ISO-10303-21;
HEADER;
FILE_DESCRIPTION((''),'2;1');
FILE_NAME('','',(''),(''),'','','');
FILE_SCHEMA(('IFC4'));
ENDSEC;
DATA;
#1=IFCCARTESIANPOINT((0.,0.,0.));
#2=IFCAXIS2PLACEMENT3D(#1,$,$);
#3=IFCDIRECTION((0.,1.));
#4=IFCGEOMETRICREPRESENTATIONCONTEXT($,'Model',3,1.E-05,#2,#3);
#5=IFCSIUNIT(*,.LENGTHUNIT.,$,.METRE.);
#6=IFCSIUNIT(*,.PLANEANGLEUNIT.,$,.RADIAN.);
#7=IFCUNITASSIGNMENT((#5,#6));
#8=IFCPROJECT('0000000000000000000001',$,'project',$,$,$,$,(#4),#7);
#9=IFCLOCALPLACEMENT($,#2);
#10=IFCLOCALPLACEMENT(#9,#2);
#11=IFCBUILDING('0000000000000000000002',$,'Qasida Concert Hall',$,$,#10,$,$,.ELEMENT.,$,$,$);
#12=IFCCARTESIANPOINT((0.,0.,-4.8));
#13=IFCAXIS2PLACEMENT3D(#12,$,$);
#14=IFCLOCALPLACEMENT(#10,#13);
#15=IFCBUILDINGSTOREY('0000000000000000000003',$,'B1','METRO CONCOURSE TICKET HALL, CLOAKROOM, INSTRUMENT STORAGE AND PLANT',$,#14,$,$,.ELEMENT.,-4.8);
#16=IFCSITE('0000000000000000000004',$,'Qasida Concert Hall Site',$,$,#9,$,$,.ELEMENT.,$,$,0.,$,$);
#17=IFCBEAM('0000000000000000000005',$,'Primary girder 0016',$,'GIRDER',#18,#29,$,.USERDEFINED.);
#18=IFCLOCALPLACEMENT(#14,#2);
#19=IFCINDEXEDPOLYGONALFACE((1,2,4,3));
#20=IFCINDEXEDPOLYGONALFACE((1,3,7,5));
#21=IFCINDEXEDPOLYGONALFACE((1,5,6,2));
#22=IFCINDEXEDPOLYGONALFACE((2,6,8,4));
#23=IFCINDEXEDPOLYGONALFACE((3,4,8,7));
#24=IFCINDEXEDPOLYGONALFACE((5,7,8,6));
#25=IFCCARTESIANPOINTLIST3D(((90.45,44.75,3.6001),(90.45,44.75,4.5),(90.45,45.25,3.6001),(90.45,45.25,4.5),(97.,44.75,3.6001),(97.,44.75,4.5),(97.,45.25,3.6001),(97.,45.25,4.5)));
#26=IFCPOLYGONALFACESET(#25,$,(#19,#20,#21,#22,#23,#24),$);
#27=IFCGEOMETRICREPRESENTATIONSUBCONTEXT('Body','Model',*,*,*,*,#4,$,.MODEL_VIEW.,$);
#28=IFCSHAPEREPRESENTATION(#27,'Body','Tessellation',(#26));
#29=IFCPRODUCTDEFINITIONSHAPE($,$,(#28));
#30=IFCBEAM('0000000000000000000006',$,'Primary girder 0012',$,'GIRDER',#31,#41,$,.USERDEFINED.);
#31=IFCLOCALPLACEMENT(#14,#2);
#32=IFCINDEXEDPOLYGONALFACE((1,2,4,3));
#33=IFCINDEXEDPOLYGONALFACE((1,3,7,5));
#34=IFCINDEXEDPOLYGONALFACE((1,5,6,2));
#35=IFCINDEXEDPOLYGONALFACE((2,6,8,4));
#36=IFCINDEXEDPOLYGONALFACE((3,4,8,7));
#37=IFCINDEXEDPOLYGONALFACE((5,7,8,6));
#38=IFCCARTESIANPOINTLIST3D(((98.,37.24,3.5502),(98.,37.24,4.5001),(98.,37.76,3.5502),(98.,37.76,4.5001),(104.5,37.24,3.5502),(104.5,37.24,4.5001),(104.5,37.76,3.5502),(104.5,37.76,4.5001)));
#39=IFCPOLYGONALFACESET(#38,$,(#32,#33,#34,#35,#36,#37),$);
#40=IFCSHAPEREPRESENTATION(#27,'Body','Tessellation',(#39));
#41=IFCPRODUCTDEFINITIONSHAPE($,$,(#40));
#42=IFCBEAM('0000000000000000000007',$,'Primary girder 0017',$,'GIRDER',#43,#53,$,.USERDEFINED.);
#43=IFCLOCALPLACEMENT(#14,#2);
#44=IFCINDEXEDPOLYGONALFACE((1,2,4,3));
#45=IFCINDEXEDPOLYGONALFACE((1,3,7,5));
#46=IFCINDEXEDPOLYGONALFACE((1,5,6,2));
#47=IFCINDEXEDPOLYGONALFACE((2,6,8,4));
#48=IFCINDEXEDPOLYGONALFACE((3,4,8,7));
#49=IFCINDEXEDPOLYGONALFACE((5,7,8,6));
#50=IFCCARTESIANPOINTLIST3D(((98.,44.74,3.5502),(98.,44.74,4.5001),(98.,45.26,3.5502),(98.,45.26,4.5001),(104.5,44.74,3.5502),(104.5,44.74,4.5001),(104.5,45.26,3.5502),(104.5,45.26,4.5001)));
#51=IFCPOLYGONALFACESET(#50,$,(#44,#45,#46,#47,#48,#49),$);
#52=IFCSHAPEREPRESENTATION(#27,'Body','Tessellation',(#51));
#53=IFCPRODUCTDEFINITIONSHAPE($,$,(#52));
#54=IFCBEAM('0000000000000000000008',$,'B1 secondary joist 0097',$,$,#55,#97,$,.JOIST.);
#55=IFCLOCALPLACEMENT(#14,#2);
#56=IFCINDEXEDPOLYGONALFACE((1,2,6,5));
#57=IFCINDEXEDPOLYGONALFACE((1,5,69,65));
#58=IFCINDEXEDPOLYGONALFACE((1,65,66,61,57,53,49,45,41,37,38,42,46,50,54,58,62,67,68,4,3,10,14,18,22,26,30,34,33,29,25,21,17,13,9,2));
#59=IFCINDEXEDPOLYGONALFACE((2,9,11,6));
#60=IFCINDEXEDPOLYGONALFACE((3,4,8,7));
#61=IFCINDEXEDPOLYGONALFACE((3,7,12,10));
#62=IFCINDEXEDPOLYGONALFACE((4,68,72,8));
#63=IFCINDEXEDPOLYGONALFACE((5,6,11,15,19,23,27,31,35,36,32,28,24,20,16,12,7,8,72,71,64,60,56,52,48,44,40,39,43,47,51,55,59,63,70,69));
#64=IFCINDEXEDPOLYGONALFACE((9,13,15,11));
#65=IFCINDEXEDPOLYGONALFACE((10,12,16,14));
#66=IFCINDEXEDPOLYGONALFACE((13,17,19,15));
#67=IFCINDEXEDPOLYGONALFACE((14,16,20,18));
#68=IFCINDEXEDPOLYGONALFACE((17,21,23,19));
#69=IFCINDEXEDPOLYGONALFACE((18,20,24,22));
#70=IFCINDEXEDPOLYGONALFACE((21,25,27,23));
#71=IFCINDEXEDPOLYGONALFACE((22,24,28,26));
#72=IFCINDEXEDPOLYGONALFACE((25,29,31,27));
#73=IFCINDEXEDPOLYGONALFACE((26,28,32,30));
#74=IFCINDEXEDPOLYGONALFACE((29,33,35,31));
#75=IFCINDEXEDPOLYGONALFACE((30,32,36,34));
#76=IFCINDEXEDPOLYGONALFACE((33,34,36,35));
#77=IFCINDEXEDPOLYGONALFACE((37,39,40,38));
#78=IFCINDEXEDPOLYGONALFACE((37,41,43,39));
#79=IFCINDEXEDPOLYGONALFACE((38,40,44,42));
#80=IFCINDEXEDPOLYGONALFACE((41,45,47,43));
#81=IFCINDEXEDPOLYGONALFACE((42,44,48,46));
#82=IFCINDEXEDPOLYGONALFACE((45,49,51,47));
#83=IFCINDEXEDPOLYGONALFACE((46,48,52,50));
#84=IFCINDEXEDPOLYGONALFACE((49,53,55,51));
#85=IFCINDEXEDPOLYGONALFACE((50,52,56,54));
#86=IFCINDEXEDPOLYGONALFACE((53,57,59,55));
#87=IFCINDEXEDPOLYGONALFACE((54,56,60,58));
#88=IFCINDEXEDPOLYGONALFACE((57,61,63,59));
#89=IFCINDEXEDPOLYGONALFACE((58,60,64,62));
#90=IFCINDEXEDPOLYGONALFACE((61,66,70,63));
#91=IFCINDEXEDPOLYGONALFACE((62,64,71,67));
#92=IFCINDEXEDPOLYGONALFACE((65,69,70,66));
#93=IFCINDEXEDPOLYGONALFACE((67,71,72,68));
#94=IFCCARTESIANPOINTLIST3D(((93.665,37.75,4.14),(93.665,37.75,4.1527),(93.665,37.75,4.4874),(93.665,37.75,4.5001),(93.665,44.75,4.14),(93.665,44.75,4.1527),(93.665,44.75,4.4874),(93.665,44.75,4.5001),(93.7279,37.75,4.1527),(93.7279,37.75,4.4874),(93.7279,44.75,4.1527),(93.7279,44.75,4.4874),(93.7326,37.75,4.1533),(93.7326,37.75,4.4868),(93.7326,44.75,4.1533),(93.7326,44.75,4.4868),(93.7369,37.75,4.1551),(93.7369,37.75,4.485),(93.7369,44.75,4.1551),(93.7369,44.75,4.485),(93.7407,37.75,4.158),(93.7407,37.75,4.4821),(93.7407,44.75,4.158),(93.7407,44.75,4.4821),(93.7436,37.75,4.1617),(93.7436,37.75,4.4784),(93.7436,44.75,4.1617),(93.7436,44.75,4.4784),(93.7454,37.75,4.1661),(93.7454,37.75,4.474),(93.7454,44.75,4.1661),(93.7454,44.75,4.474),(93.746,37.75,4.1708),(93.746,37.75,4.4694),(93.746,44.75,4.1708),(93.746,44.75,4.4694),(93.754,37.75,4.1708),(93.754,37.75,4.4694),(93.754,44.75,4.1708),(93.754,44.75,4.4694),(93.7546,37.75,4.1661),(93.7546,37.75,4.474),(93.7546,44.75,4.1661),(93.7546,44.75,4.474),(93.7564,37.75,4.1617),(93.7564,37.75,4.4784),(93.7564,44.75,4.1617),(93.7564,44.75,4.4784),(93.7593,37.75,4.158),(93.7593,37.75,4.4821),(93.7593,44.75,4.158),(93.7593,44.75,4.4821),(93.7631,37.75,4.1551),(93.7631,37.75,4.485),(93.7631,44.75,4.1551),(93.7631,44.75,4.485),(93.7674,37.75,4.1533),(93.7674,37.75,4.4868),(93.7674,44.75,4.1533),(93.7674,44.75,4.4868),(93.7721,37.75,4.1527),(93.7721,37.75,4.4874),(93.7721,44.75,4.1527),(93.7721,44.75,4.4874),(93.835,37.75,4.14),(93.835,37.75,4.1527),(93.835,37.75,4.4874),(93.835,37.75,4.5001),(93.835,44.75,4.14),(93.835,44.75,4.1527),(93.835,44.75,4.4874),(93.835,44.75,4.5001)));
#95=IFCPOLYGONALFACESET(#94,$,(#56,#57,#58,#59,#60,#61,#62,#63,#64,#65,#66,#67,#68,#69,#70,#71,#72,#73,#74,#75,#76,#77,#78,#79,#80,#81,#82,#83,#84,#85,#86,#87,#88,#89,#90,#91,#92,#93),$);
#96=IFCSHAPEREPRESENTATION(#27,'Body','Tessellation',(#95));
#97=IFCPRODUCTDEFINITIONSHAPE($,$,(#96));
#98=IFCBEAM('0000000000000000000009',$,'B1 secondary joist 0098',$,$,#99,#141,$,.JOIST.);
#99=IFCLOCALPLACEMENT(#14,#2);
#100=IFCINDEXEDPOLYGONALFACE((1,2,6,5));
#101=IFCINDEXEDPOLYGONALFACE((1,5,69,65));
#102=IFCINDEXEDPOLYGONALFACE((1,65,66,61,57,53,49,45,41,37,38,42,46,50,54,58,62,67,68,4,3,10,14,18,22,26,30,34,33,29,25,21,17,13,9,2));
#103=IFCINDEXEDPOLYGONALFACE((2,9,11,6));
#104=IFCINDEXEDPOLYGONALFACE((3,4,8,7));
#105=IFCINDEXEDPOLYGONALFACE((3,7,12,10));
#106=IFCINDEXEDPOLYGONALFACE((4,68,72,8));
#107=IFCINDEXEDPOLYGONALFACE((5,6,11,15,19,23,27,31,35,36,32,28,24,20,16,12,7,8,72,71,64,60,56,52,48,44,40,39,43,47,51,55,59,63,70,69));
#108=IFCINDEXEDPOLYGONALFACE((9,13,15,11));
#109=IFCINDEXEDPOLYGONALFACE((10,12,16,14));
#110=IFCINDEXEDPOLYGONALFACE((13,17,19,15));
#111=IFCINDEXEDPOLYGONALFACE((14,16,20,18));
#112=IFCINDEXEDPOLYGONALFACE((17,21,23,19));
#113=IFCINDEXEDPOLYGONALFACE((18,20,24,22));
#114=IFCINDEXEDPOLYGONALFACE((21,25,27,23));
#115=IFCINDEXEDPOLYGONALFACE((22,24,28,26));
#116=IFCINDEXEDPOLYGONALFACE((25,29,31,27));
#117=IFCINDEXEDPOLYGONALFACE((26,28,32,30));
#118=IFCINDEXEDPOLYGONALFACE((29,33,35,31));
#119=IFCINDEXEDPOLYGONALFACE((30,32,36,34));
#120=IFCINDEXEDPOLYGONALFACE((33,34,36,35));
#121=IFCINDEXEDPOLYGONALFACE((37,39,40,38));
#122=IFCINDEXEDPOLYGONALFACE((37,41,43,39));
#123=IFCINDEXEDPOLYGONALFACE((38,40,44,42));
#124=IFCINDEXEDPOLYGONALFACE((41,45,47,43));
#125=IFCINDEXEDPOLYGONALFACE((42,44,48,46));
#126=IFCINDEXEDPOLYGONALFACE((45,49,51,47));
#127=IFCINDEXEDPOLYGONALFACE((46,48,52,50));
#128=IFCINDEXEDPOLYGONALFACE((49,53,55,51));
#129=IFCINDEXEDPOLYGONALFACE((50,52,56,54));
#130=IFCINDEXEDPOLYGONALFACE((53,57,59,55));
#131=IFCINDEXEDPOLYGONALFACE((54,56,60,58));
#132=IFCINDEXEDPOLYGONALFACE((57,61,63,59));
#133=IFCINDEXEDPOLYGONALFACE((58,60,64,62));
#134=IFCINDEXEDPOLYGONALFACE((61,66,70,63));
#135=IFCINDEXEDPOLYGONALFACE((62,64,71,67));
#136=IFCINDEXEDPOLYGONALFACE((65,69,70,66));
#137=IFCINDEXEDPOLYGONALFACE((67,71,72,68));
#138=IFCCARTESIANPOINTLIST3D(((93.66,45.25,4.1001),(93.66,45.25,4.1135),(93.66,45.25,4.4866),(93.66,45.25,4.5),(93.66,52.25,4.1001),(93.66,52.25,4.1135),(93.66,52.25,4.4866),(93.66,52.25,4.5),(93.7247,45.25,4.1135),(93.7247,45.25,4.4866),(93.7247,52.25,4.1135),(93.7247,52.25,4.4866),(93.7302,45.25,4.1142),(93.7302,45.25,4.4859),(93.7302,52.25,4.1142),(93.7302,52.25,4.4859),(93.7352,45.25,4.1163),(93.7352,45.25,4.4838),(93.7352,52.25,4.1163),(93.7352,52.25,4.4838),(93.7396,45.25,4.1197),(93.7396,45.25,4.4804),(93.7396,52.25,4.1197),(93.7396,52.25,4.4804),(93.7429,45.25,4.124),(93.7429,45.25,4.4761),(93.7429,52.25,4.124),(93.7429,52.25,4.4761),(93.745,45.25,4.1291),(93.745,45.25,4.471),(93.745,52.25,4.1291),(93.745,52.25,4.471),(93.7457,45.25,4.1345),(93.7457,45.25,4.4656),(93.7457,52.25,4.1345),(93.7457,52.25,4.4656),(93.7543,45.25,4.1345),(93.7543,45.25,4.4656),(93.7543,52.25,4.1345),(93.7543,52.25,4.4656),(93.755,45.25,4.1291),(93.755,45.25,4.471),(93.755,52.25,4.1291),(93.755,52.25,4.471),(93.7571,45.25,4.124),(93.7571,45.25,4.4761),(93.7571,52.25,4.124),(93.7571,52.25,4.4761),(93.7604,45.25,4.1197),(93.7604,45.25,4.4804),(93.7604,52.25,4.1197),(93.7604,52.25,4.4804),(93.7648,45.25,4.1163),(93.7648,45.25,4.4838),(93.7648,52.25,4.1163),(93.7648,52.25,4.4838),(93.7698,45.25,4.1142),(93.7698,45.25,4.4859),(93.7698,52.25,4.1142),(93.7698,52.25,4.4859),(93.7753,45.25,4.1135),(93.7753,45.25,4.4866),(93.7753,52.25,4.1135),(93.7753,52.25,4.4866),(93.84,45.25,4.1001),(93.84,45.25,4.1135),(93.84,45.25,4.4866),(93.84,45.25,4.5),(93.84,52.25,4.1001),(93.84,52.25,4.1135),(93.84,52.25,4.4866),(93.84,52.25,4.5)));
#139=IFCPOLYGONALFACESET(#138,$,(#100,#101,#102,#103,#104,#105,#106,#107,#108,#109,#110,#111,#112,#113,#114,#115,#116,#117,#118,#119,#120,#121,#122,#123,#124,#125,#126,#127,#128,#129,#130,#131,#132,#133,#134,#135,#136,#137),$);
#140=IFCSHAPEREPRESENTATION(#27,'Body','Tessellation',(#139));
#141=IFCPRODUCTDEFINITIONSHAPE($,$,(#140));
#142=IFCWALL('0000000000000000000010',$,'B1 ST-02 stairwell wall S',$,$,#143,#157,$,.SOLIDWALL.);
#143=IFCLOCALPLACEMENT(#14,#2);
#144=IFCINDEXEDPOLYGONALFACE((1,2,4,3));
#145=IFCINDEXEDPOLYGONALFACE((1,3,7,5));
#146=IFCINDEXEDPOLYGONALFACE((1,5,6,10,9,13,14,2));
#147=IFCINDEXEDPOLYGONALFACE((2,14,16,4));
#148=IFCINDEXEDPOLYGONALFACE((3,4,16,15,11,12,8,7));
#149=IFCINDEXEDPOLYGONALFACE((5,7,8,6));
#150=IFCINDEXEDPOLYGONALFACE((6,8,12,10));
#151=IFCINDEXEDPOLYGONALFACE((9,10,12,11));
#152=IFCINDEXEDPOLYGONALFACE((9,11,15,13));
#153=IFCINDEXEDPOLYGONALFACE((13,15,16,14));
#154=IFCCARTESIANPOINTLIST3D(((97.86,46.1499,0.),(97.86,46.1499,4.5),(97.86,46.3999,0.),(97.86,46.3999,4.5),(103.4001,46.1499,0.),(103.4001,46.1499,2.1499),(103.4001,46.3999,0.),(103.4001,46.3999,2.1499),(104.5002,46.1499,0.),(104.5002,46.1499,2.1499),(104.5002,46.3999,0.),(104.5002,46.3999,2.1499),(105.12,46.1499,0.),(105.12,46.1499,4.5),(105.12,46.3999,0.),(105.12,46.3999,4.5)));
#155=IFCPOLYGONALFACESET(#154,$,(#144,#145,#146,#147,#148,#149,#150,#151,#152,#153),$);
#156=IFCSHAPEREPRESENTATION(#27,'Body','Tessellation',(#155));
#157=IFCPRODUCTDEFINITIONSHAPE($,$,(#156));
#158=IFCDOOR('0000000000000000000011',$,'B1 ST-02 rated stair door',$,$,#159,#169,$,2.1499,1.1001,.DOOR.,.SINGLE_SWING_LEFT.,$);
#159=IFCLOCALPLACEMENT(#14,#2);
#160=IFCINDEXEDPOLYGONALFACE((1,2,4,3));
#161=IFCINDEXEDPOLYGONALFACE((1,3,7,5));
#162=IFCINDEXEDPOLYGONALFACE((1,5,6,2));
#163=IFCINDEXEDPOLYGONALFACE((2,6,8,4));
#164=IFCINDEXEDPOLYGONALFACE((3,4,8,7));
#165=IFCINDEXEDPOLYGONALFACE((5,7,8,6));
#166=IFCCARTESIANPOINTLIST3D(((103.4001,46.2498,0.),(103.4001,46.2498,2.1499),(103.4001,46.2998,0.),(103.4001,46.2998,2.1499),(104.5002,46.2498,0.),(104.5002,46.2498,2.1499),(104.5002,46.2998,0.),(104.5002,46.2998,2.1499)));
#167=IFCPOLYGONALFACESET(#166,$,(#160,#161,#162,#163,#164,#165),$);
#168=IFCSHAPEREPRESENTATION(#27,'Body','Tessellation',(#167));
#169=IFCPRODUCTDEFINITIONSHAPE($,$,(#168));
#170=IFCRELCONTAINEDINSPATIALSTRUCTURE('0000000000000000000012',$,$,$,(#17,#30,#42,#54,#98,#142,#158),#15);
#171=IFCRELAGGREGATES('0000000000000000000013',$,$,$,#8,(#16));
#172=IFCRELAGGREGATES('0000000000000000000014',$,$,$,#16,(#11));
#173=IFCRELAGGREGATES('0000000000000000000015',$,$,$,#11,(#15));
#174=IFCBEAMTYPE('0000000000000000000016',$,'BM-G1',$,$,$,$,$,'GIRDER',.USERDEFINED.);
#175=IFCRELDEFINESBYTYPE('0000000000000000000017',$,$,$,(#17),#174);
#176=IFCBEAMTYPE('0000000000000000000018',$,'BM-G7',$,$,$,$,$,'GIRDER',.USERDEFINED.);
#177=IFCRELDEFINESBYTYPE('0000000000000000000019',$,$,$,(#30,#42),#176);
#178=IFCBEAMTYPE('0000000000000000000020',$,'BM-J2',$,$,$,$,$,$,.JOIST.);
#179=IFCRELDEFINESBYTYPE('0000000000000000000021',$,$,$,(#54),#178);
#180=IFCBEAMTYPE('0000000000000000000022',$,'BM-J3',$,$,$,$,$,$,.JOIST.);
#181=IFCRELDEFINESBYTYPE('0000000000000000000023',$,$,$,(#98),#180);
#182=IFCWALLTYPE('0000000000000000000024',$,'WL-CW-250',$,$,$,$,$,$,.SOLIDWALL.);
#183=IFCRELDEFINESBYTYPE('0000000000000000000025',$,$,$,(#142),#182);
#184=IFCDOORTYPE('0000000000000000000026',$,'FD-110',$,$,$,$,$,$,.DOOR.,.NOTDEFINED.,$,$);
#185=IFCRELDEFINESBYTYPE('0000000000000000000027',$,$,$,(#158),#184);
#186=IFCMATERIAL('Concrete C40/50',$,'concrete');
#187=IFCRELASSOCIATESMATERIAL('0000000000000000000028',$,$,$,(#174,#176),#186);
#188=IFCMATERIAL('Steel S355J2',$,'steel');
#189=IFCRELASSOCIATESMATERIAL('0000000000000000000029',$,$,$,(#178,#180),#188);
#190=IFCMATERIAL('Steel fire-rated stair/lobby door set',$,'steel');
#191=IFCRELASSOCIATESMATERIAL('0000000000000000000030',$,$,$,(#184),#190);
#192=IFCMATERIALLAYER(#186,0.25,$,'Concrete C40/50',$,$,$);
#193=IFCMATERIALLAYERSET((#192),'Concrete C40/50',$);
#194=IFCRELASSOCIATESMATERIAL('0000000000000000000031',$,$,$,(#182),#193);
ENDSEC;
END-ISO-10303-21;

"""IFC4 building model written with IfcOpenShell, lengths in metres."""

from ifc_helpers import new_model, si_unit, direction, frame, frame_2d, origin, origin_2d, place, context, subcontext, project, spatial, rectangle, i_section, extrude, material, layer, layer_set, material_profile, profile_set, type_object, element, fill, save


model = new_model("IFC4")

# Units and contexts
model_context = context("Model", 3, precision=1e-05, world=origin(), true_north=direction((0.0, 1.0)))
body_context = subcontext(model_context, "Body", "Model", "MODEL_VIEW")
ifc_project = project(units=[si_unit("LENGTHUNIT", "METRE"), si_unit("PLANEANGLEUNIT", "RADIAN")], contexts=[model_context])

# Site, building, storey
site_placement = place(None, origin())
site = spatial("IfcSite", under=ifc_project, at=site_placement, Name="Qasida Concert Hall Site", CompositionType="ELEMENT", RefElevation=0.0)
building_placement = place(site_placement, origin())
building = spatial("IfcBuilding", under=site, at=building_placement, Name="Qasida Concert Hall", CompositionType="ELEMENT")
storey_placement = place(building_placement, frame((0.0, 0.0, -4.8)))
storey = spatial("IfcBuildingStorey", under=building, at=storey_placement, Name="B1", Description="METRO CONCOURSE TICKET HALL, CLOAKROOM, INSTRUMENT STORAGE AND PLANT", CompositionType="ELEMENT", Elevation=-4.8)

# Shared definitions
ifc_material_1 = material(Name="Concrete C40/50", Category="concrete")

# Beams
ifc_material_2 = material(Name="Steel S355J2", Category="steel")
ifc_material_profile_1 = material_profile(ifc_material_1, rectangle(XDim=0.5, YDim=0.8999, at=origin_2d()), Name="RC 500x900")
ifc_profile_set_1 = profile_set([ifc_material_profile_1], Name="Concrete C40/50")
beam_type_1 = type_object("IfcBeamType", Name="BM-G1", ElementType="GIRDER", PredefinedType="USERDEFINED", material=ifc_profile_set_1)
for number, where, z_axis, x_axis, name in (
    (1, (90.45, 45.0, 4.05), (1.0, 0.0, 0.0), (0.0, 1.0, 0.0), "Primary girder 0016"),
):
    element("IfcBeam", number, at=place(storey_placement, frame(where, z_axis=z_axis, x_axis=x_axis)), inside=storey, type_object=beam_type_1, Name=name, ObjectType="GIRDER", PredefinedType="USERDEFINED", context=body_context, shape_type="SweptSolid", body=[
        extrude(rectangle(XDim=0.5, YDim=0.8999, at=origin_2d()), origin(), (0.0, 0.0, 1.0), 6.55),
    ])
ifc_material_profile_2 = material_profile(ifc_material_1, rectangle(XDim=0.52, YDim=0.95, at=origin_2d()), Name="RC 520x950")
ifc_profile_set_2 = profile_set([ifc_material_profile_2], Name="Concrete C40/50")
beam_type_2 = type_object("IfcBeamType", Name="BM-G7", ElementType="GIRDER", PredefinedType="USERDEFINED", material=ifc_profile_set_2)
for number, where, z_axis, x_axis, name in (
    (2, (98.0, 37.5, 4.0251), (1.0, 0.0, 0.0), (0.0, 1.0, 0.0), "Primary girder 0012"),
    (3, (98.0, 45.0, 4.0251), (1.0, 0.0, 0.0), (0.0, 1.0, 0.0), "Primary girder 0017"),
):
    element("IfcBeam", number, at=place(storey_placement, frame(where, z_axis=z_axis, x_axis=x_axis)), inside=storey, type_object=beam_type_2, Name=name, ObjectType="GIRDER", PredefinedType="USERDEFINED", context=body_context, shape_type="SweptSolid", body=[
        extrude(rectangle(XDim=0.52, YDim=0.95, at=origin_2d()), origin(), (0.0, 0.0, 1.0), 6.5),
    ])
ifc_material_profile_3 = material_profile(ifc_material_2, i_section(OverallWidth=0.1699, OverallDepth=0.3601, WebThickness=0.0081, FlangeThickness=0.0127, FilletRadius=0.0181, at=origin_2d()), Name="IPE 360")
ifc_profile_set_3 = profile_set([ifc_material_profile_3], Name="Steel S355J2")
beam_type_3 = type_object("IfcBeamType", Name="BM-J2", PredefinedType="JOIST", material=ifc_profile_set_3)
beam_1_placement = place(storey_placement, frame((93.75, 37.75, 4.3201), z_axis=(0.0, 1.0, 0.0), x_axis=(-1.0, 0.0, 0.0)))
element("IfcBeam", 4, at=beam_1_placement, inside=storey, type_object=beam_type_3, Name="B1 secondary joist 0097", PredefinedType="JOIST", context=body_context, shape_type="SweptSolid", body=[
    extrude(i_section(OverallWidth=0.1699, OverallDepth=0.3601, WebThickness=0.0081, FlangeThickness=0.0127, FilletRadius=0.0181, at=origin_2d()), origin(), (0.0, 0.0, 1.0), 7.0),
])
ifc_material_profile_4 = material_profile(ifc_material_2, i_section(OverallWidth=0.1799, OverallDepth=0.3999, WebThickness=0.0085, FlangeThickness=0.0134, FilletRadius=0.021, at=origin_2d()), Name="IPE 400")
ifc_profile_set_4 = profile_set([ifc_material_profile_4], Name="Steel S355J2")
beam_type_4 = type_object("IfcBeamType", Name="BM-J3", PredefinedType="JOIST", material=ifc_profile_set_4)
beam_2_placement = place(storey_placement, frame((93.75, 45.25, 4.3), z_axis=(0.0, 1.0, 0.0), x_axis=(-1.0, 0.0, 0.0)))
element("IfcBeam", 5, at=beam_2_placement, inside=storey, type_object=beam_type_4, Name="B1 secondary joist 0098", PredefinedType="JOIST", context=body_context, shape_type="SweptSolid", body=[
    extrude(i_section(OverallWidth=0.1799, OverallDepth=0.3999, WebThickness=0.0085, FlangeThickness=0.0134, FilletRadius=0.021, at=origin_2d()), origin(), (0.0, 0.0, 1.0), 7.0),
])

# Wall, opening, door
ifc_material_3 = material(Name="Steel fire-rated stair/lobby door set", Category="steel")
door_type = type_object("IfcDoorType", Name="FD-110", OperationType="NOTDEFINED", PredefinedType="DOOR", material=ifc_material_3)
ifc_layer_1 = layer(ifc_material_1, 0.25, Name="Concrete C40/50")
ifc_layer_set_1 = layer_set([ifc_layer_1], Name="Concrete C40/50")
wall_type_1 = type_object("IfcWallType", Name="WL-CW-250", PredefinedType="SOLIDWALL", material=ifc_layer_set_1)
wall_1_placement = place(storey_placement, frame((97.8601, 46.2749, 0.0), z_axis=(0.0, 0.0, 1.0), x_axis=(1.0, 0.0, 0.0)))
wall_1 = element("IfcWall", 6, at=wall_1_placement, inside=storey, type_object=wall_type_1, Name="B1 ST-02 stairwell wall S", PredefinedType="SOLIDWALL", context=body_context, shape_type="SweptSolid", body=[
    extrude(rectangle(XDim=7.26, YDim=0.25, at=frame_2d((3.6299, 0.0))), origin(), (0.0, 0.0, 1.0), 4.5),
])
opening_1_placement = place(wall_1_placement, frame((5.54, 0.0, 0.0)))
opening_1 = element("IfcOpeningElement", 7, at=opening_1_placement, cuts=wall_1, PredefinedType="OPENING", context=body_context, shape_type="SweptSolid", body=[
    extrude(rectangle(XDim=1.1001, YDim=2.1499, at=frame_2d((0.55, 1.075))), frame((0.0, 0.135, 0.0), z_axis=(0.0, -1.0, 0.0), x_axis=(1.0, 0.0, 0.0)), (0.0, 0.0, 1.0), 0.27),
])
door_1_placement = place(opening_1_placement, origin())
door_1 = element("IfcDoor", 8, at=door_1_placement, inside=storey, type_object=door_type, Name="B1 ST-02 rated stair door", OperationType="SINGLE_SWING_LEFT", OverallHeight=2.1499, OverallWidth=1.1001, PredefinedType="DOOR", context=body_context, shape_type="SweptSolid", body=[
    extrude(rectangle(XDim=1.1001, YDim=2.1499, at=frame_2d((0.55, 1.075))), frame((0.0, 0.0249, 0.0), z_axis=(0.0, -1.0, 0.0), x_axis=(1.0, 0.0, 0.0)), (0.0, 0.0, 1.0), 0.05),
])
fill(opening_1, door_1)

save(model, "model.ifc")
